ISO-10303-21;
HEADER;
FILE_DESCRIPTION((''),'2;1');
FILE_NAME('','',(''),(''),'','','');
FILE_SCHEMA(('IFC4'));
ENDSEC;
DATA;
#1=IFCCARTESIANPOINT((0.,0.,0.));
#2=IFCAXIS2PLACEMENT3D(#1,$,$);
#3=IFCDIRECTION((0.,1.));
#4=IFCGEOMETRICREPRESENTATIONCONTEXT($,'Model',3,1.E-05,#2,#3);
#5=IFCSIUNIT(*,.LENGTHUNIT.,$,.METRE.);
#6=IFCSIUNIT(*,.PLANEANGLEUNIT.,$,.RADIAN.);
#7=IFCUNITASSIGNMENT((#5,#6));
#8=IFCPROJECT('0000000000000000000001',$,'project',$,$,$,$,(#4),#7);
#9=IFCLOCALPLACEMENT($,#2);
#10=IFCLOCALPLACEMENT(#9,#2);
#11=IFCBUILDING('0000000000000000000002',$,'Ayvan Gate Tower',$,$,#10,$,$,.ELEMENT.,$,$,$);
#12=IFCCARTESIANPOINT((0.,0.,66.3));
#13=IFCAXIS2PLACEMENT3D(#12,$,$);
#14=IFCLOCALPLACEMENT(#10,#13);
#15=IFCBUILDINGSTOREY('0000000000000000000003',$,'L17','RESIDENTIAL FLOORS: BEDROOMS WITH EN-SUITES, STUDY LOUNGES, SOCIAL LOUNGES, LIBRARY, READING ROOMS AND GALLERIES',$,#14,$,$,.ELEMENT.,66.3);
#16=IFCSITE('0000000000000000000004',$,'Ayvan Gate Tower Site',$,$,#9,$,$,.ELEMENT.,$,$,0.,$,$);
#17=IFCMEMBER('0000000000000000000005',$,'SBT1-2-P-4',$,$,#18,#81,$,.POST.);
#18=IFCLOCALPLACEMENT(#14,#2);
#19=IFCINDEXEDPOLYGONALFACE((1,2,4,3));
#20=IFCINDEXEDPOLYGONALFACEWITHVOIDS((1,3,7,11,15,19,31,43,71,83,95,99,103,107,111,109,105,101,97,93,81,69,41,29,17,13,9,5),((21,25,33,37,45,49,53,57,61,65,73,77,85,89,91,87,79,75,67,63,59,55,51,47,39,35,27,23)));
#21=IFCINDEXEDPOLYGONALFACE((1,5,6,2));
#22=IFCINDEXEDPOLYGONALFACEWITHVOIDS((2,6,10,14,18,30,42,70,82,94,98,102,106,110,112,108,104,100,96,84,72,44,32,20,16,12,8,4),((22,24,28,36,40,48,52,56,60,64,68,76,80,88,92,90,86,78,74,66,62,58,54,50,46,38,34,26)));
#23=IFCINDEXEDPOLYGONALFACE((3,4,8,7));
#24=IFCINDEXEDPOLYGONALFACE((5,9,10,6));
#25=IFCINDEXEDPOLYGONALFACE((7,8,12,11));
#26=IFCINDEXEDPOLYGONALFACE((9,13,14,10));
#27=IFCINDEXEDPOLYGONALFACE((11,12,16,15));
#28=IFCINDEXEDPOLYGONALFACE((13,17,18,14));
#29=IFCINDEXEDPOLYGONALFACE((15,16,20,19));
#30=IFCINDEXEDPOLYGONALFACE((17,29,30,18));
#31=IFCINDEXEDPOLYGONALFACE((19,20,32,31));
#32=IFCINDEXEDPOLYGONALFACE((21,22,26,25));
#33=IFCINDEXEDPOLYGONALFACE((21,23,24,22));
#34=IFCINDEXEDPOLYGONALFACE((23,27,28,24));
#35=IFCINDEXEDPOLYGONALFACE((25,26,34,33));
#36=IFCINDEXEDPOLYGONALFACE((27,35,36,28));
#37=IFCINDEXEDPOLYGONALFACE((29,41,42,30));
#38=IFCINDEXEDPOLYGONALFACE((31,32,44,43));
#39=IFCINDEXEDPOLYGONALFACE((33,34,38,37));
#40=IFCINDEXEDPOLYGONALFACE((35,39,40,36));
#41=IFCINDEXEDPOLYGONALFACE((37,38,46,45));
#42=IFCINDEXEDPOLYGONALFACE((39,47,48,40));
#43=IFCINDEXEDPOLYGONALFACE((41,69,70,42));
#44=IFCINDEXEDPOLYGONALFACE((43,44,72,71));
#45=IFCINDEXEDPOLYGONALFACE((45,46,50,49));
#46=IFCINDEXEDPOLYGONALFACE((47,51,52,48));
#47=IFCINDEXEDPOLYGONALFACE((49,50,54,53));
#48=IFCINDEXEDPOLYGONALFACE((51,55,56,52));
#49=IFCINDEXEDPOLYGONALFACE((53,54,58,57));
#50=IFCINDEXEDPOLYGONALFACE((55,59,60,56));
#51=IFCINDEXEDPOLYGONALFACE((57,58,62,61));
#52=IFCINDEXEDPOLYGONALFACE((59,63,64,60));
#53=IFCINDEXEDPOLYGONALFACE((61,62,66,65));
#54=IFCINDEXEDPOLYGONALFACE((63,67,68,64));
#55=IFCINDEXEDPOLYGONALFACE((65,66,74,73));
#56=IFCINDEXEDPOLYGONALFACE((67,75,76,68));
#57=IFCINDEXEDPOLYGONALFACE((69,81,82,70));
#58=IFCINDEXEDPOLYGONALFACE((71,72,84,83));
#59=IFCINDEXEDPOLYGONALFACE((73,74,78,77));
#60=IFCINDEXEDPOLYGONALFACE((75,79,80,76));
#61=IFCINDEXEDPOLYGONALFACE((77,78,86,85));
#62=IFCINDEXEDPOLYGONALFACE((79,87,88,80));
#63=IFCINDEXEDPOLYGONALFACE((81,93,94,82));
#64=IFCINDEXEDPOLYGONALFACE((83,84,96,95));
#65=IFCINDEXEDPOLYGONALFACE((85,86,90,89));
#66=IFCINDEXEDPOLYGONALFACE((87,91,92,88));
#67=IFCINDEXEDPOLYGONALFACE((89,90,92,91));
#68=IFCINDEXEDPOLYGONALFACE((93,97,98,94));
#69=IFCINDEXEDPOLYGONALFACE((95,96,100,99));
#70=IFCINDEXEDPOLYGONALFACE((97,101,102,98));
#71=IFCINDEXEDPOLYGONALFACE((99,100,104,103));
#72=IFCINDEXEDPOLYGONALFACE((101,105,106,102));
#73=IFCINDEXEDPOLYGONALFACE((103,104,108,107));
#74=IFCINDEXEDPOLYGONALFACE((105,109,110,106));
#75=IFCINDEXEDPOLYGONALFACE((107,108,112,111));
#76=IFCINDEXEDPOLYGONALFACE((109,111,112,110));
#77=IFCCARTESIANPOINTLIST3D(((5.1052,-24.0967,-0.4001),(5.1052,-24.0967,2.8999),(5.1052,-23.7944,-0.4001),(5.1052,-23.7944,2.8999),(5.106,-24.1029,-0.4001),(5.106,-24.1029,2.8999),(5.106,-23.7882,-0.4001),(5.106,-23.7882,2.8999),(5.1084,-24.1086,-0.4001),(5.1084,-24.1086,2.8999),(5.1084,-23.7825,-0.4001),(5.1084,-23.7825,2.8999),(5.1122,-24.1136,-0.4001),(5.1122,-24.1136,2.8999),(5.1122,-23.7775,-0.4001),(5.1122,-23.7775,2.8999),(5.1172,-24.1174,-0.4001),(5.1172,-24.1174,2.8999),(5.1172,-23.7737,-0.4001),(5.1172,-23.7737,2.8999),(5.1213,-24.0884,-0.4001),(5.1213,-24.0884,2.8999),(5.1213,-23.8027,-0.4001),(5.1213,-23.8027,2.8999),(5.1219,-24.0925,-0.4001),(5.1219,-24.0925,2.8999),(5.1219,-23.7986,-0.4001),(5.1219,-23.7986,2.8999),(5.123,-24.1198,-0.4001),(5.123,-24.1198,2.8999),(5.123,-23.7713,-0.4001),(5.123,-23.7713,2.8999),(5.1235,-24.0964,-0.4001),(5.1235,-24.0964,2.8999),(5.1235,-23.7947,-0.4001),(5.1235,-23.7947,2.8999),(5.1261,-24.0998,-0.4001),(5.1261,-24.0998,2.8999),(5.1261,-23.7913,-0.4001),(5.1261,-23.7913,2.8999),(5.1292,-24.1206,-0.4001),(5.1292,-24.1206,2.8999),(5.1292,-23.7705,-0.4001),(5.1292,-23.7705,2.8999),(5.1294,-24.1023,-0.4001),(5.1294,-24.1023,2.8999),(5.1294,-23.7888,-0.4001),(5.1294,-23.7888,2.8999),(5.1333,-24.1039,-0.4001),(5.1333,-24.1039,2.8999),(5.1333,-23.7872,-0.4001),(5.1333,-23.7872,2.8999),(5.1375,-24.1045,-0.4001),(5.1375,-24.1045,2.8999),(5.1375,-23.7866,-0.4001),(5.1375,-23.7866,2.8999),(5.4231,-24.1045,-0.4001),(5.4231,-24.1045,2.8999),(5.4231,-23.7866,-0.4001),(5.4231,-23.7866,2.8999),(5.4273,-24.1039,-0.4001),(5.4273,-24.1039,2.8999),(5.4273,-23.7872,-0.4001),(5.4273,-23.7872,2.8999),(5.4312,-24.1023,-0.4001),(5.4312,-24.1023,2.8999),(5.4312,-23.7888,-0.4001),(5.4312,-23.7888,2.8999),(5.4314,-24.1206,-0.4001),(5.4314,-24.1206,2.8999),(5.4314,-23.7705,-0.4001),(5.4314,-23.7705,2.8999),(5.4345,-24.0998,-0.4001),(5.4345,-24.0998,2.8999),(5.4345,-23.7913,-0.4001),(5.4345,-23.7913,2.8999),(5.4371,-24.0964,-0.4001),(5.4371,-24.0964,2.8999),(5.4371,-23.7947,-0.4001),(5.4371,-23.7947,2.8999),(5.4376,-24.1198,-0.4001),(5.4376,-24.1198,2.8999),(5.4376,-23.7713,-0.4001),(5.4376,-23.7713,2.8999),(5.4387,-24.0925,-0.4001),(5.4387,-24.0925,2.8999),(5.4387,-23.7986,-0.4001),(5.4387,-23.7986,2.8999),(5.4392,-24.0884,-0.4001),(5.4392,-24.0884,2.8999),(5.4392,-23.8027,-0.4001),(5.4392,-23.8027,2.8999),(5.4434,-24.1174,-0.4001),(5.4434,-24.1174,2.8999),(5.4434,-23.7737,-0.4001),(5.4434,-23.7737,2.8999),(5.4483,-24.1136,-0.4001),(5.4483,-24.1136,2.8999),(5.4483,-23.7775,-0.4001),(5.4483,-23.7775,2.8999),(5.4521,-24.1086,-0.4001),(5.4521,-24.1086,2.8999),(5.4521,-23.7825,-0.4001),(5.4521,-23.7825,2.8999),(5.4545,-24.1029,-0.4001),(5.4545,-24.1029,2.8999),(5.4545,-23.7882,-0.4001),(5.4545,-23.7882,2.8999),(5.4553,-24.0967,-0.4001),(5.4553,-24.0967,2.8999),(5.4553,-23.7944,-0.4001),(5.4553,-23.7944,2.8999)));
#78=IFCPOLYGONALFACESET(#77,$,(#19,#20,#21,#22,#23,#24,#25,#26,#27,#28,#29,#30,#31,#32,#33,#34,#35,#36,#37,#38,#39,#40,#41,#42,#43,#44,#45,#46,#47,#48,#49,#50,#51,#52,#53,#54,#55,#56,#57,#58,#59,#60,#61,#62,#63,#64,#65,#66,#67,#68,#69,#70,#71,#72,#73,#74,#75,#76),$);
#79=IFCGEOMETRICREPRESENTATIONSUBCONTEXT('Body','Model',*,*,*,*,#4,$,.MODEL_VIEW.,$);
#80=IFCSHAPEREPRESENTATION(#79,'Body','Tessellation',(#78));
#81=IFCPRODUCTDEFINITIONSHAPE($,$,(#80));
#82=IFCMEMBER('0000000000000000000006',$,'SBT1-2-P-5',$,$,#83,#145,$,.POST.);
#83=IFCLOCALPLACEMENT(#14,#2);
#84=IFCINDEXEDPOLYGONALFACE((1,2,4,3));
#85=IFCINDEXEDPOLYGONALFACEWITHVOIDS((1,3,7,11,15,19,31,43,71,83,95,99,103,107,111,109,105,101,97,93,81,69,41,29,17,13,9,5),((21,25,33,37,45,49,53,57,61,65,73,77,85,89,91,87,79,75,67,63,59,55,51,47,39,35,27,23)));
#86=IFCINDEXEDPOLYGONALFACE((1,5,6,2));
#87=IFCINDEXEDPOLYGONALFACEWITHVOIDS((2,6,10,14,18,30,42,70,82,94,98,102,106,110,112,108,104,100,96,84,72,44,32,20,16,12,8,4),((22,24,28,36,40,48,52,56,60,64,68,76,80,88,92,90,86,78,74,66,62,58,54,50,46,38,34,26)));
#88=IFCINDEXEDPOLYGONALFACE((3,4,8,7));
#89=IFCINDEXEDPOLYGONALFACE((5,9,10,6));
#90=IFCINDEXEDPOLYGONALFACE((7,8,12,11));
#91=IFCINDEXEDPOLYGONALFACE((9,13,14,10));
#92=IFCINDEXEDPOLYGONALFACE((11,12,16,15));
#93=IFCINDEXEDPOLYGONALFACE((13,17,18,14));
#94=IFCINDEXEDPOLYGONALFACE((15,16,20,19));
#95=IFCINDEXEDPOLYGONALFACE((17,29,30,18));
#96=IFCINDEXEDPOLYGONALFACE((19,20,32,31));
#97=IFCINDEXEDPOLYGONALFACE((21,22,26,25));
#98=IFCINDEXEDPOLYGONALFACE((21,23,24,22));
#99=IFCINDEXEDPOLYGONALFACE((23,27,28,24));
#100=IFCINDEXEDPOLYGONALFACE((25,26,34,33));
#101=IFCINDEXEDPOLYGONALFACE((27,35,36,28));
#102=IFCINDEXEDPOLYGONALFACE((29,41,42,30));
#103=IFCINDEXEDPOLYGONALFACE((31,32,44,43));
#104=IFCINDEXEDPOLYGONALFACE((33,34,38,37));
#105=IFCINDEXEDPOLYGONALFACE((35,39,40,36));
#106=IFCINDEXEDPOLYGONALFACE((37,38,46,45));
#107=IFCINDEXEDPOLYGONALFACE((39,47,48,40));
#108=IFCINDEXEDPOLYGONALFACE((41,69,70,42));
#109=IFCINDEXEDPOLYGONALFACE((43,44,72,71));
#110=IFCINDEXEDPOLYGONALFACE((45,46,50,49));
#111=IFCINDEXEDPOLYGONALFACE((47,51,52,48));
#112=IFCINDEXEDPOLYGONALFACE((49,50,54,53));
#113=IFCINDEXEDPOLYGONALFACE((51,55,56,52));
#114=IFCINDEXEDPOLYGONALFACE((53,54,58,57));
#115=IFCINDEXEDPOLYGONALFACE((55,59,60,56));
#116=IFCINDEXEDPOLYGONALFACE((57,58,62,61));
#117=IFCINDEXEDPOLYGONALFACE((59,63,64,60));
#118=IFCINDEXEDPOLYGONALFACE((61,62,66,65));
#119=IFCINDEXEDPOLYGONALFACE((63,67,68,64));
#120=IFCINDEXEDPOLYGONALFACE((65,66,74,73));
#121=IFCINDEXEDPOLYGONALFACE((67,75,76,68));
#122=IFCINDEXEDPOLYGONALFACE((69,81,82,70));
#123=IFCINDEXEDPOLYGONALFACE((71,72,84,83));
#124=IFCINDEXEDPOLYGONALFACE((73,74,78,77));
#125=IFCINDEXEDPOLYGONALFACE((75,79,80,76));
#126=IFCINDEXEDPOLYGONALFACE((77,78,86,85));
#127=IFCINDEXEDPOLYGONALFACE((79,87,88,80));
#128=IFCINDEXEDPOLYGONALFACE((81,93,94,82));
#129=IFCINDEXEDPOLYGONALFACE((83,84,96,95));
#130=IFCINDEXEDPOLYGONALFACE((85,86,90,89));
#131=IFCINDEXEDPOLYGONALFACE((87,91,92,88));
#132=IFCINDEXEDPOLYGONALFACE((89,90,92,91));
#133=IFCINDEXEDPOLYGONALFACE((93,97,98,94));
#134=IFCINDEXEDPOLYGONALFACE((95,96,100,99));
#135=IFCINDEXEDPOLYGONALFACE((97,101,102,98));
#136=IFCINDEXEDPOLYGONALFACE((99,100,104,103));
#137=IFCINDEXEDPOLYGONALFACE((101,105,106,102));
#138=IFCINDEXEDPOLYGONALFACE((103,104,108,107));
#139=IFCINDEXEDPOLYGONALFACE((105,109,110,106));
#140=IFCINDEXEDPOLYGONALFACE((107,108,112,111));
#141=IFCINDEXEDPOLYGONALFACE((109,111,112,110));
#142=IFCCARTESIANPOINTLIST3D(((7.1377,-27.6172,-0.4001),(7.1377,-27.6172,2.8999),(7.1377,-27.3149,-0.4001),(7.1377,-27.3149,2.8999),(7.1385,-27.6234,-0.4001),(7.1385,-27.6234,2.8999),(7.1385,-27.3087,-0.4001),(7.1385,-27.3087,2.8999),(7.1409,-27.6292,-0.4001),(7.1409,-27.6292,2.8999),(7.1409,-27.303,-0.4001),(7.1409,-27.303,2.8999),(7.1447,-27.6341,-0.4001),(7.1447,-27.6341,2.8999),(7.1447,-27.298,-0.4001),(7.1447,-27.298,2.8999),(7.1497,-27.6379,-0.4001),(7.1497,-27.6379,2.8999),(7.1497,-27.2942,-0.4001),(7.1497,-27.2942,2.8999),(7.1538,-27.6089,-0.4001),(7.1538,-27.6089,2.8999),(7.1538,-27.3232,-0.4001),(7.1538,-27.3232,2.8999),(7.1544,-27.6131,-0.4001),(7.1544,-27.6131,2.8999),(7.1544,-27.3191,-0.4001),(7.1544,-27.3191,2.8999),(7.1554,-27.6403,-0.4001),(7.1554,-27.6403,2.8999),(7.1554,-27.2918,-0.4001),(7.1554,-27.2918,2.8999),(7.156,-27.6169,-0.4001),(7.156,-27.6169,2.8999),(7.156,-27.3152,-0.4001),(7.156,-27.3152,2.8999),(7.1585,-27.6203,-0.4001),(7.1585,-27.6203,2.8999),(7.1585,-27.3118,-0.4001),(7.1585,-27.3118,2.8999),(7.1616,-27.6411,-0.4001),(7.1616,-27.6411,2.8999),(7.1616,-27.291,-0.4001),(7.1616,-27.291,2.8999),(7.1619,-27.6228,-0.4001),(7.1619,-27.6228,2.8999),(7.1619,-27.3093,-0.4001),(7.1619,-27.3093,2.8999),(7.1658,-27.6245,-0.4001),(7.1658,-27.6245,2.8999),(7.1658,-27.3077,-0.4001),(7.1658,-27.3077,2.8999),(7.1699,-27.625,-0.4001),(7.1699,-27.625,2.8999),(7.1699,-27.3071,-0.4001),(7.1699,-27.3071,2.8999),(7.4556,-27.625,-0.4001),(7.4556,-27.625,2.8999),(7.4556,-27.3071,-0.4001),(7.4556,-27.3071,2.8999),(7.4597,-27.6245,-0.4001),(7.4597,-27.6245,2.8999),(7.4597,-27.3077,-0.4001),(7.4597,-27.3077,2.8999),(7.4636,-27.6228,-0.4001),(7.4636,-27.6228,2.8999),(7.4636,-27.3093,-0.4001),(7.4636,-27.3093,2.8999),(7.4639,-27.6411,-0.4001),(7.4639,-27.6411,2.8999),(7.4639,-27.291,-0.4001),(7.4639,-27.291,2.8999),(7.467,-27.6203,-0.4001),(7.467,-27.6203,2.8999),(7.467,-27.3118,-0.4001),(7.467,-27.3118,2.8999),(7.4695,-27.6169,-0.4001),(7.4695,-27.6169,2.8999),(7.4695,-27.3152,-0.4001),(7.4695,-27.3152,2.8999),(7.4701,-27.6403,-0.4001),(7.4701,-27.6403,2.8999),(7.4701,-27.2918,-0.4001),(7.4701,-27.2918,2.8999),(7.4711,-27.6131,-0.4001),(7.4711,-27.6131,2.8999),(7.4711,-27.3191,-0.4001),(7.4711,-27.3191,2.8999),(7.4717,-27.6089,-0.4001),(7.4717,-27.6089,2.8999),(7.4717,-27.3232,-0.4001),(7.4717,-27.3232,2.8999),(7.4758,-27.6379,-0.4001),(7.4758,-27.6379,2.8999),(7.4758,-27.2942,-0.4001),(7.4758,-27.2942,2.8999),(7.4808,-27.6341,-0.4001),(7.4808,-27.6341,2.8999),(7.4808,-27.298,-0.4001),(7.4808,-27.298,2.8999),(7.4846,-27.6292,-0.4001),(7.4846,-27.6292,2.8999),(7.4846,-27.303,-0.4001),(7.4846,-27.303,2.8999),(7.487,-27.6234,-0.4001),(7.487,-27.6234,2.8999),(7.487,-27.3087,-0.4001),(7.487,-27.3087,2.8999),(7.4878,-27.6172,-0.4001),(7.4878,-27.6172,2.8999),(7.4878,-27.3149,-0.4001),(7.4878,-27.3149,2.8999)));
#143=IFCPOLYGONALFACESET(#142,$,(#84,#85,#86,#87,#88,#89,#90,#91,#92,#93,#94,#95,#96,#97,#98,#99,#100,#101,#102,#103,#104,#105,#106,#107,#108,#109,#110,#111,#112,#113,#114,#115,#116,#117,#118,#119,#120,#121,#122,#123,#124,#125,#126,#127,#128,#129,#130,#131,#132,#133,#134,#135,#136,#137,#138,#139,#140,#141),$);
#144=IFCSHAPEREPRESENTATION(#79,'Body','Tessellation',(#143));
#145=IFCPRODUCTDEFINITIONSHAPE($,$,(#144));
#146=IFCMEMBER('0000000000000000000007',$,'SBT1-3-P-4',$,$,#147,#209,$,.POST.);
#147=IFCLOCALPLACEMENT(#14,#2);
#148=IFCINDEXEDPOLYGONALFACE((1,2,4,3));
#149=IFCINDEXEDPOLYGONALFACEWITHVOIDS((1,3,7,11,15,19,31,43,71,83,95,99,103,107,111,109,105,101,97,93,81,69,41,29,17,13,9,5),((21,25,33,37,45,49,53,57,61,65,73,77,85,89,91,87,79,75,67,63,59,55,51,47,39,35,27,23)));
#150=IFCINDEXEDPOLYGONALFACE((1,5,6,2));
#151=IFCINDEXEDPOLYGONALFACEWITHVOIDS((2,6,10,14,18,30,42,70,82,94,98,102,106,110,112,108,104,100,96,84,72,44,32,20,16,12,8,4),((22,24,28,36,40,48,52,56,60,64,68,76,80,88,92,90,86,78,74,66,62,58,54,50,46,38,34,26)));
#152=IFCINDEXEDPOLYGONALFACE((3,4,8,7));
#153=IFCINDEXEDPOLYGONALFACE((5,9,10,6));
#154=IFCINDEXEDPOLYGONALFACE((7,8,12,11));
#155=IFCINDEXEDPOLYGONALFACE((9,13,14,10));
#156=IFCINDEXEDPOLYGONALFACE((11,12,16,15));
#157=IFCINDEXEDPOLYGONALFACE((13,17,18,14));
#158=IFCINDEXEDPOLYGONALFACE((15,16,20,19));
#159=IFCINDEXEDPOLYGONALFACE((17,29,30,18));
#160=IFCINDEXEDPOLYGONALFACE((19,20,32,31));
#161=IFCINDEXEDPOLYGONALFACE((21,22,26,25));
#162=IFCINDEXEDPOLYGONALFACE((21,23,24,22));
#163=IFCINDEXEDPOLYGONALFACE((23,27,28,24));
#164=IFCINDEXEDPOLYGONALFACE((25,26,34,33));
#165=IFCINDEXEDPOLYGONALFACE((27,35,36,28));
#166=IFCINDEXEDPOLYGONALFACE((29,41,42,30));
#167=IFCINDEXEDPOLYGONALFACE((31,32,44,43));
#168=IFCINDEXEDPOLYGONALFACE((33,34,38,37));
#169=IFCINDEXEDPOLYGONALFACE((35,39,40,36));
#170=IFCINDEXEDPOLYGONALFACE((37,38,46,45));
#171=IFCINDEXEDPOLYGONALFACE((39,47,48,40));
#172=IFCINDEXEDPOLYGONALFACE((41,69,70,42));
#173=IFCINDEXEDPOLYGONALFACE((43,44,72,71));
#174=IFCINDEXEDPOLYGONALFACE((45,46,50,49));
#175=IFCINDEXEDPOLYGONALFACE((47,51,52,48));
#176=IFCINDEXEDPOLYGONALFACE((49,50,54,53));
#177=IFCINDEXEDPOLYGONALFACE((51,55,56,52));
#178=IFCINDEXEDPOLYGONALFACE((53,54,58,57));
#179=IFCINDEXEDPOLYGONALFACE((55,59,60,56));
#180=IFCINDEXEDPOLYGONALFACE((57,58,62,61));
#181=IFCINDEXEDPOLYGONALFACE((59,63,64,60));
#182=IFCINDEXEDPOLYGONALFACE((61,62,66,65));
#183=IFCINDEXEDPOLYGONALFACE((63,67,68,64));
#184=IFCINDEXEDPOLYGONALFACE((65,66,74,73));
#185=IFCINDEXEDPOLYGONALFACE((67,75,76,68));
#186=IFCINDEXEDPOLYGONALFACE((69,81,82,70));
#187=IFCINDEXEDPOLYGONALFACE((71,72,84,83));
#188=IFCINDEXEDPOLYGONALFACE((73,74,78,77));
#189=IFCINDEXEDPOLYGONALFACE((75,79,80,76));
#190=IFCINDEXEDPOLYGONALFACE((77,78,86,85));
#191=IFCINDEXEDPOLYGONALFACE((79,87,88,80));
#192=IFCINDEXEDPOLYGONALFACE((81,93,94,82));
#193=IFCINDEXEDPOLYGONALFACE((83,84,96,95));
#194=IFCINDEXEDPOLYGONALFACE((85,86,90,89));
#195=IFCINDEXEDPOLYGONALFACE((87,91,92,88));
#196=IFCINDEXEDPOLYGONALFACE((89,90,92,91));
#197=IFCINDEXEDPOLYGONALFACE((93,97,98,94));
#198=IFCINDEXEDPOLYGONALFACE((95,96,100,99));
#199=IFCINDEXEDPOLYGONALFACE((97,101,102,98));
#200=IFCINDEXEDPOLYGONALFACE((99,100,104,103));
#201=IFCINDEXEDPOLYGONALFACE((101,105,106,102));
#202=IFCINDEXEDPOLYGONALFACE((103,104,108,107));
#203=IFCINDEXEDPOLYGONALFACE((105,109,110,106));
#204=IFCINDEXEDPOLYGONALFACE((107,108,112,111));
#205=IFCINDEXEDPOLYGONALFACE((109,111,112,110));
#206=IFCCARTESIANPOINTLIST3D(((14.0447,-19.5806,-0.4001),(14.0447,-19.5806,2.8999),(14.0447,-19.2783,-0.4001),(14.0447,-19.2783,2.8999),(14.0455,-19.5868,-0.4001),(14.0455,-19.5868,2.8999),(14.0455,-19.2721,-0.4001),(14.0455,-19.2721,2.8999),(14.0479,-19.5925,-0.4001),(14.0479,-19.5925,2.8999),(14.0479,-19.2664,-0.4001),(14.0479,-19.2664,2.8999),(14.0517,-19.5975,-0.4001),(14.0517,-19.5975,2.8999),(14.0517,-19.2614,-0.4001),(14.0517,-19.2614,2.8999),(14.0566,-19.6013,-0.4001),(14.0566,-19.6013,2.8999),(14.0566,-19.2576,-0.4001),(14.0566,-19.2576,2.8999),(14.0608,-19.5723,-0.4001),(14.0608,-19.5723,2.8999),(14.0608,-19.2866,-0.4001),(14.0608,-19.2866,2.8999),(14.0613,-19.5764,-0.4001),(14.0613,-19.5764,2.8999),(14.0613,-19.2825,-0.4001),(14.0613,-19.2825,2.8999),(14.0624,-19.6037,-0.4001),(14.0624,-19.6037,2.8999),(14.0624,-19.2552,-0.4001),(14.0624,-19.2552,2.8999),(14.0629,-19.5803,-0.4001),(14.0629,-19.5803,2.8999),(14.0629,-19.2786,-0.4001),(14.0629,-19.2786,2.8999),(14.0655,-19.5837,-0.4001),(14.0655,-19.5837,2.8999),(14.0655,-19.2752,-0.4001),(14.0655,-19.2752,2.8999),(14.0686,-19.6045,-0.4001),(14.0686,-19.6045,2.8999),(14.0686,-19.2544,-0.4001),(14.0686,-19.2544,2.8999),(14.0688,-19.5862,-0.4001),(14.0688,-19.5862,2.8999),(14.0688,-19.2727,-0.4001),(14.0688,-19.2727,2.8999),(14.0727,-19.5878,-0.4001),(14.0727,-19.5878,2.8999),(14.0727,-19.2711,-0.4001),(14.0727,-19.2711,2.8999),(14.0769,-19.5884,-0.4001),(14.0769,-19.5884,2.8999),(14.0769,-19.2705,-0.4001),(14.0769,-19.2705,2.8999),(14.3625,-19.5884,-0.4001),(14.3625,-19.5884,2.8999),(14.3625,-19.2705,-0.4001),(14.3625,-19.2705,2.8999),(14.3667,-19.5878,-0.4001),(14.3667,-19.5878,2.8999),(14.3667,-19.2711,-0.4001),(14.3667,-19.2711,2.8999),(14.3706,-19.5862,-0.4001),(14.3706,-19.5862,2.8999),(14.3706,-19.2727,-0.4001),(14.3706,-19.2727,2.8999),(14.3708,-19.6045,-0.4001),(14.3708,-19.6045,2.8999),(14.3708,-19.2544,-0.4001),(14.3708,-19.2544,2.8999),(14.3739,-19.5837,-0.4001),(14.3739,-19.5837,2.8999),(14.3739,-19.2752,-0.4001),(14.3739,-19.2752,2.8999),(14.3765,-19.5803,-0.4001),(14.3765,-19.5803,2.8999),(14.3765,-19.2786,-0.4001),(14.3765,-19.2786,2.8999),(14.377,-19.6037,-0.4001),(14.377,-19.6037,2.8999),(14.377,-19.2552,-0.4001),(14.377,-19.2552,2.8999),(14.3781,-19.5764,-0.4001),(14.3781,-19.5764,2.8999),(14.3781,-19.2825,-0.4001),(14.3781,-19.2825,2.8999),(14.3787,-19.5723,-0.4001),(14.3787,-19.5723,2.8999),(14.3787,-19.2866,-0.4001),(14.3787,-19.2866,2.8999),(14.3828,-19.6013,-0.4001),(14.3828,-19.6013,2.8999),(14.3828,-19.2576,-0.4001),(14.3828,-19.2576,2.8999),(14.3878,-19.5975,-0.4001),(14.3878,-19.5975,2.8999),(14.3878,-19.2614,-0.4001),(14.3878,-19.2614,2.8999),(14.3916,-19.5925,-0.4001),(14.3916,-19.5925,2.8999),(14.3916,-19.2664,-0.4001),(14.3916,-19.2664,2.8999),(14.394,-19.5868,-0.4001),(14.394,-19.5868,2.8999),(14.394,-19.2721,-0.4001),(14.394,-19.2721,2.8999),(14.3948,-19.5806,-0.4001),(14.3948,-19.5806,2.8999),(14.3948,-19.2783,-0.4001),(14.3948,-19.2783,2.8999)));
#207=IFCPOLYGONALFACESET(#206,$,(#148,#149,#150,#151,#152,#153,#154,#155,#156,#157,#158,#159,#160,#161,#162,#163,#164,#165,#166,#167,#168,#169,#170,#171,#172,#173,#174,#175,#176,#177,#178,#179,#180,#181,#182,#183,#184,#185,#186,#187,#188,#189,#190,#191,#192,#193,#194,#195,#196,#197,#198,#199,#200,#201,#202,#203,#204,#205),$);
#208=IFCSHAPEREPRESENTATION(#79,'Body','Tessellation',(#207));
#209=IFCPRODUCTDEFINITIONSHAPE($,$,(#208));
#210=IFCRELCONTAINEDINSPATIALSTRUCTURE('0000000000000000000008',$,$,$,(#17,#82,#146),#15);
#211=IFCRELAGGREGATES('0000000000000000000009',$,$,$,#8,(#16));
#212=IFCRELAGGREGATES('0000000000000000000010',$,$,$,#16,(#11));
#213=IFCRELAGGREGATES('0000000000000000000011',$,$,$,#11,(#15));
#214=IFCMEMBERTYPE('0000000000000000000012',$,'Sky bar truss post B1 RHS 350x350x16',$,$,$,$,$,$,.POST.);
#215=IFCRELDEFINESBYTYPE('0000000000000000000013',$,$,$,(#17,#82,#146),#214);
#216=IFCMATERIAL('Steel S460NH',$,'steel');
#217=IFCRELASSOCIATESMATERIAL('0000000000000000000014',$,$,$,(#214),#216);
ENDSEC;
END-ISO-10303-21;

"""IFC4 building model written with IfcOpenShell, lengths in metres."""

from ifc_helpers import new_model, si_unit, direction, frame, origin, origin_2d, place, context, subcontext, project, spatial, hollow_rectangle, extrude, material, material_profile, profile_set, type_object, element, save


model = new_model("IFC4")

# Units and contexts
model_context = context("Model", 3, precision=1e-05, world=origin(), true_north=direction((0.0, 1.0)))
body_context = subcontext(model_context, "Body", "Model", "MODEL_VIEW")
ifc_project = project(units=[si_unit("LENGTHUNIT", "METRE"), si_unit("PLANEANGLEUNIT", "RADIAN")], contexts=[model_context])

# Site, building, storey
site_placement = place(None, origin())
site = spatial("IfcSite", under=ifc_project, at=site_placement, Name="Ayvan Gate Tower Site", CompositionType="ELEMENT", RefElevation=0.0)
building_placement = place(site_placement, origin())
building = spatial("IfcBuilding", under=site, at=building_placement, Name="Ayvan Gate Tower", CompositionType="ELEMENT")
storey_placement = place(building_placement, frame((0.0, 0.0, 66.3)))
storey = spatial("IfcBuildingStorey", under=building, at=storey_placement, Name="L17", Description="RESIDENTIAL FLOORS: BEDROOMS WITH EN-SUITES, STUDY LOUNGES, SOCIAL LOUNGES, LIBRARY, READING ROOMS AND GALLERIES", CompositionType="ELEMENT", Elevation=66.3)

# Members
ifc_material_1 = material(Name="Steel S460NH", Category="steel")
ifc_material_profile_1 = material_profile(ifc_material_1, hollow_rectangle(XDim=0.3501, YDim=0.3501, WallThickness=0.0161, InnerFilletRadius=0.0161, OuterFilletRadius=0.0239, at=origin_2d()), Name="RHS 350x350x16")
ifc_profile_set_1 = profile_set([ifc_material_profile_1], Name="Steel S460NH")
member_type_1 = type_object("IfcMemberType", Name="Sky bar truss post B1 RHS 350x350x16", PredefinedType="POST", material=ifc_profile_set_1)
for number, where, z_axis, x_axis, name in (
    (1, (5.2803, -23.9456, -0.4001), (0.0, 0.0, 1.0), (1.0, 0.0, 0.0), "SBT1-2-P-4"),
    (2, (7.3127, -27.4661, -0.4001), (0.0, 0.0, 1.0), (1.0, 0.0, 0.0), "SBT1-2-P-5"),
    (3, (14.2197, -19.4294, -0.4001), (0.0, 0.0, 1.0), (1.0, 0.0, 0.0), "SBT1-3-P-4"),
):
    element("IfcMember", number, at=place(storey_placement, frame(where, z_axis=z_axis, x_axis=x_axis)), inside=storey, type_object=member_type_1, Name=name, PredefinedType="POST", context=body_context, shape_type="SweptSolid", body=[
        extrude(hollow_rectangle(XDim=0.3501, YDim=0.3501, WallThickness=0.0161, InnerFilletRadius=0.0161, OuterFilletRadius=0.0239, at=origin_2d()), origin(), (0.0, 0.0, 1.0), 3.3),
    ])

save(model, "model.ifc")
